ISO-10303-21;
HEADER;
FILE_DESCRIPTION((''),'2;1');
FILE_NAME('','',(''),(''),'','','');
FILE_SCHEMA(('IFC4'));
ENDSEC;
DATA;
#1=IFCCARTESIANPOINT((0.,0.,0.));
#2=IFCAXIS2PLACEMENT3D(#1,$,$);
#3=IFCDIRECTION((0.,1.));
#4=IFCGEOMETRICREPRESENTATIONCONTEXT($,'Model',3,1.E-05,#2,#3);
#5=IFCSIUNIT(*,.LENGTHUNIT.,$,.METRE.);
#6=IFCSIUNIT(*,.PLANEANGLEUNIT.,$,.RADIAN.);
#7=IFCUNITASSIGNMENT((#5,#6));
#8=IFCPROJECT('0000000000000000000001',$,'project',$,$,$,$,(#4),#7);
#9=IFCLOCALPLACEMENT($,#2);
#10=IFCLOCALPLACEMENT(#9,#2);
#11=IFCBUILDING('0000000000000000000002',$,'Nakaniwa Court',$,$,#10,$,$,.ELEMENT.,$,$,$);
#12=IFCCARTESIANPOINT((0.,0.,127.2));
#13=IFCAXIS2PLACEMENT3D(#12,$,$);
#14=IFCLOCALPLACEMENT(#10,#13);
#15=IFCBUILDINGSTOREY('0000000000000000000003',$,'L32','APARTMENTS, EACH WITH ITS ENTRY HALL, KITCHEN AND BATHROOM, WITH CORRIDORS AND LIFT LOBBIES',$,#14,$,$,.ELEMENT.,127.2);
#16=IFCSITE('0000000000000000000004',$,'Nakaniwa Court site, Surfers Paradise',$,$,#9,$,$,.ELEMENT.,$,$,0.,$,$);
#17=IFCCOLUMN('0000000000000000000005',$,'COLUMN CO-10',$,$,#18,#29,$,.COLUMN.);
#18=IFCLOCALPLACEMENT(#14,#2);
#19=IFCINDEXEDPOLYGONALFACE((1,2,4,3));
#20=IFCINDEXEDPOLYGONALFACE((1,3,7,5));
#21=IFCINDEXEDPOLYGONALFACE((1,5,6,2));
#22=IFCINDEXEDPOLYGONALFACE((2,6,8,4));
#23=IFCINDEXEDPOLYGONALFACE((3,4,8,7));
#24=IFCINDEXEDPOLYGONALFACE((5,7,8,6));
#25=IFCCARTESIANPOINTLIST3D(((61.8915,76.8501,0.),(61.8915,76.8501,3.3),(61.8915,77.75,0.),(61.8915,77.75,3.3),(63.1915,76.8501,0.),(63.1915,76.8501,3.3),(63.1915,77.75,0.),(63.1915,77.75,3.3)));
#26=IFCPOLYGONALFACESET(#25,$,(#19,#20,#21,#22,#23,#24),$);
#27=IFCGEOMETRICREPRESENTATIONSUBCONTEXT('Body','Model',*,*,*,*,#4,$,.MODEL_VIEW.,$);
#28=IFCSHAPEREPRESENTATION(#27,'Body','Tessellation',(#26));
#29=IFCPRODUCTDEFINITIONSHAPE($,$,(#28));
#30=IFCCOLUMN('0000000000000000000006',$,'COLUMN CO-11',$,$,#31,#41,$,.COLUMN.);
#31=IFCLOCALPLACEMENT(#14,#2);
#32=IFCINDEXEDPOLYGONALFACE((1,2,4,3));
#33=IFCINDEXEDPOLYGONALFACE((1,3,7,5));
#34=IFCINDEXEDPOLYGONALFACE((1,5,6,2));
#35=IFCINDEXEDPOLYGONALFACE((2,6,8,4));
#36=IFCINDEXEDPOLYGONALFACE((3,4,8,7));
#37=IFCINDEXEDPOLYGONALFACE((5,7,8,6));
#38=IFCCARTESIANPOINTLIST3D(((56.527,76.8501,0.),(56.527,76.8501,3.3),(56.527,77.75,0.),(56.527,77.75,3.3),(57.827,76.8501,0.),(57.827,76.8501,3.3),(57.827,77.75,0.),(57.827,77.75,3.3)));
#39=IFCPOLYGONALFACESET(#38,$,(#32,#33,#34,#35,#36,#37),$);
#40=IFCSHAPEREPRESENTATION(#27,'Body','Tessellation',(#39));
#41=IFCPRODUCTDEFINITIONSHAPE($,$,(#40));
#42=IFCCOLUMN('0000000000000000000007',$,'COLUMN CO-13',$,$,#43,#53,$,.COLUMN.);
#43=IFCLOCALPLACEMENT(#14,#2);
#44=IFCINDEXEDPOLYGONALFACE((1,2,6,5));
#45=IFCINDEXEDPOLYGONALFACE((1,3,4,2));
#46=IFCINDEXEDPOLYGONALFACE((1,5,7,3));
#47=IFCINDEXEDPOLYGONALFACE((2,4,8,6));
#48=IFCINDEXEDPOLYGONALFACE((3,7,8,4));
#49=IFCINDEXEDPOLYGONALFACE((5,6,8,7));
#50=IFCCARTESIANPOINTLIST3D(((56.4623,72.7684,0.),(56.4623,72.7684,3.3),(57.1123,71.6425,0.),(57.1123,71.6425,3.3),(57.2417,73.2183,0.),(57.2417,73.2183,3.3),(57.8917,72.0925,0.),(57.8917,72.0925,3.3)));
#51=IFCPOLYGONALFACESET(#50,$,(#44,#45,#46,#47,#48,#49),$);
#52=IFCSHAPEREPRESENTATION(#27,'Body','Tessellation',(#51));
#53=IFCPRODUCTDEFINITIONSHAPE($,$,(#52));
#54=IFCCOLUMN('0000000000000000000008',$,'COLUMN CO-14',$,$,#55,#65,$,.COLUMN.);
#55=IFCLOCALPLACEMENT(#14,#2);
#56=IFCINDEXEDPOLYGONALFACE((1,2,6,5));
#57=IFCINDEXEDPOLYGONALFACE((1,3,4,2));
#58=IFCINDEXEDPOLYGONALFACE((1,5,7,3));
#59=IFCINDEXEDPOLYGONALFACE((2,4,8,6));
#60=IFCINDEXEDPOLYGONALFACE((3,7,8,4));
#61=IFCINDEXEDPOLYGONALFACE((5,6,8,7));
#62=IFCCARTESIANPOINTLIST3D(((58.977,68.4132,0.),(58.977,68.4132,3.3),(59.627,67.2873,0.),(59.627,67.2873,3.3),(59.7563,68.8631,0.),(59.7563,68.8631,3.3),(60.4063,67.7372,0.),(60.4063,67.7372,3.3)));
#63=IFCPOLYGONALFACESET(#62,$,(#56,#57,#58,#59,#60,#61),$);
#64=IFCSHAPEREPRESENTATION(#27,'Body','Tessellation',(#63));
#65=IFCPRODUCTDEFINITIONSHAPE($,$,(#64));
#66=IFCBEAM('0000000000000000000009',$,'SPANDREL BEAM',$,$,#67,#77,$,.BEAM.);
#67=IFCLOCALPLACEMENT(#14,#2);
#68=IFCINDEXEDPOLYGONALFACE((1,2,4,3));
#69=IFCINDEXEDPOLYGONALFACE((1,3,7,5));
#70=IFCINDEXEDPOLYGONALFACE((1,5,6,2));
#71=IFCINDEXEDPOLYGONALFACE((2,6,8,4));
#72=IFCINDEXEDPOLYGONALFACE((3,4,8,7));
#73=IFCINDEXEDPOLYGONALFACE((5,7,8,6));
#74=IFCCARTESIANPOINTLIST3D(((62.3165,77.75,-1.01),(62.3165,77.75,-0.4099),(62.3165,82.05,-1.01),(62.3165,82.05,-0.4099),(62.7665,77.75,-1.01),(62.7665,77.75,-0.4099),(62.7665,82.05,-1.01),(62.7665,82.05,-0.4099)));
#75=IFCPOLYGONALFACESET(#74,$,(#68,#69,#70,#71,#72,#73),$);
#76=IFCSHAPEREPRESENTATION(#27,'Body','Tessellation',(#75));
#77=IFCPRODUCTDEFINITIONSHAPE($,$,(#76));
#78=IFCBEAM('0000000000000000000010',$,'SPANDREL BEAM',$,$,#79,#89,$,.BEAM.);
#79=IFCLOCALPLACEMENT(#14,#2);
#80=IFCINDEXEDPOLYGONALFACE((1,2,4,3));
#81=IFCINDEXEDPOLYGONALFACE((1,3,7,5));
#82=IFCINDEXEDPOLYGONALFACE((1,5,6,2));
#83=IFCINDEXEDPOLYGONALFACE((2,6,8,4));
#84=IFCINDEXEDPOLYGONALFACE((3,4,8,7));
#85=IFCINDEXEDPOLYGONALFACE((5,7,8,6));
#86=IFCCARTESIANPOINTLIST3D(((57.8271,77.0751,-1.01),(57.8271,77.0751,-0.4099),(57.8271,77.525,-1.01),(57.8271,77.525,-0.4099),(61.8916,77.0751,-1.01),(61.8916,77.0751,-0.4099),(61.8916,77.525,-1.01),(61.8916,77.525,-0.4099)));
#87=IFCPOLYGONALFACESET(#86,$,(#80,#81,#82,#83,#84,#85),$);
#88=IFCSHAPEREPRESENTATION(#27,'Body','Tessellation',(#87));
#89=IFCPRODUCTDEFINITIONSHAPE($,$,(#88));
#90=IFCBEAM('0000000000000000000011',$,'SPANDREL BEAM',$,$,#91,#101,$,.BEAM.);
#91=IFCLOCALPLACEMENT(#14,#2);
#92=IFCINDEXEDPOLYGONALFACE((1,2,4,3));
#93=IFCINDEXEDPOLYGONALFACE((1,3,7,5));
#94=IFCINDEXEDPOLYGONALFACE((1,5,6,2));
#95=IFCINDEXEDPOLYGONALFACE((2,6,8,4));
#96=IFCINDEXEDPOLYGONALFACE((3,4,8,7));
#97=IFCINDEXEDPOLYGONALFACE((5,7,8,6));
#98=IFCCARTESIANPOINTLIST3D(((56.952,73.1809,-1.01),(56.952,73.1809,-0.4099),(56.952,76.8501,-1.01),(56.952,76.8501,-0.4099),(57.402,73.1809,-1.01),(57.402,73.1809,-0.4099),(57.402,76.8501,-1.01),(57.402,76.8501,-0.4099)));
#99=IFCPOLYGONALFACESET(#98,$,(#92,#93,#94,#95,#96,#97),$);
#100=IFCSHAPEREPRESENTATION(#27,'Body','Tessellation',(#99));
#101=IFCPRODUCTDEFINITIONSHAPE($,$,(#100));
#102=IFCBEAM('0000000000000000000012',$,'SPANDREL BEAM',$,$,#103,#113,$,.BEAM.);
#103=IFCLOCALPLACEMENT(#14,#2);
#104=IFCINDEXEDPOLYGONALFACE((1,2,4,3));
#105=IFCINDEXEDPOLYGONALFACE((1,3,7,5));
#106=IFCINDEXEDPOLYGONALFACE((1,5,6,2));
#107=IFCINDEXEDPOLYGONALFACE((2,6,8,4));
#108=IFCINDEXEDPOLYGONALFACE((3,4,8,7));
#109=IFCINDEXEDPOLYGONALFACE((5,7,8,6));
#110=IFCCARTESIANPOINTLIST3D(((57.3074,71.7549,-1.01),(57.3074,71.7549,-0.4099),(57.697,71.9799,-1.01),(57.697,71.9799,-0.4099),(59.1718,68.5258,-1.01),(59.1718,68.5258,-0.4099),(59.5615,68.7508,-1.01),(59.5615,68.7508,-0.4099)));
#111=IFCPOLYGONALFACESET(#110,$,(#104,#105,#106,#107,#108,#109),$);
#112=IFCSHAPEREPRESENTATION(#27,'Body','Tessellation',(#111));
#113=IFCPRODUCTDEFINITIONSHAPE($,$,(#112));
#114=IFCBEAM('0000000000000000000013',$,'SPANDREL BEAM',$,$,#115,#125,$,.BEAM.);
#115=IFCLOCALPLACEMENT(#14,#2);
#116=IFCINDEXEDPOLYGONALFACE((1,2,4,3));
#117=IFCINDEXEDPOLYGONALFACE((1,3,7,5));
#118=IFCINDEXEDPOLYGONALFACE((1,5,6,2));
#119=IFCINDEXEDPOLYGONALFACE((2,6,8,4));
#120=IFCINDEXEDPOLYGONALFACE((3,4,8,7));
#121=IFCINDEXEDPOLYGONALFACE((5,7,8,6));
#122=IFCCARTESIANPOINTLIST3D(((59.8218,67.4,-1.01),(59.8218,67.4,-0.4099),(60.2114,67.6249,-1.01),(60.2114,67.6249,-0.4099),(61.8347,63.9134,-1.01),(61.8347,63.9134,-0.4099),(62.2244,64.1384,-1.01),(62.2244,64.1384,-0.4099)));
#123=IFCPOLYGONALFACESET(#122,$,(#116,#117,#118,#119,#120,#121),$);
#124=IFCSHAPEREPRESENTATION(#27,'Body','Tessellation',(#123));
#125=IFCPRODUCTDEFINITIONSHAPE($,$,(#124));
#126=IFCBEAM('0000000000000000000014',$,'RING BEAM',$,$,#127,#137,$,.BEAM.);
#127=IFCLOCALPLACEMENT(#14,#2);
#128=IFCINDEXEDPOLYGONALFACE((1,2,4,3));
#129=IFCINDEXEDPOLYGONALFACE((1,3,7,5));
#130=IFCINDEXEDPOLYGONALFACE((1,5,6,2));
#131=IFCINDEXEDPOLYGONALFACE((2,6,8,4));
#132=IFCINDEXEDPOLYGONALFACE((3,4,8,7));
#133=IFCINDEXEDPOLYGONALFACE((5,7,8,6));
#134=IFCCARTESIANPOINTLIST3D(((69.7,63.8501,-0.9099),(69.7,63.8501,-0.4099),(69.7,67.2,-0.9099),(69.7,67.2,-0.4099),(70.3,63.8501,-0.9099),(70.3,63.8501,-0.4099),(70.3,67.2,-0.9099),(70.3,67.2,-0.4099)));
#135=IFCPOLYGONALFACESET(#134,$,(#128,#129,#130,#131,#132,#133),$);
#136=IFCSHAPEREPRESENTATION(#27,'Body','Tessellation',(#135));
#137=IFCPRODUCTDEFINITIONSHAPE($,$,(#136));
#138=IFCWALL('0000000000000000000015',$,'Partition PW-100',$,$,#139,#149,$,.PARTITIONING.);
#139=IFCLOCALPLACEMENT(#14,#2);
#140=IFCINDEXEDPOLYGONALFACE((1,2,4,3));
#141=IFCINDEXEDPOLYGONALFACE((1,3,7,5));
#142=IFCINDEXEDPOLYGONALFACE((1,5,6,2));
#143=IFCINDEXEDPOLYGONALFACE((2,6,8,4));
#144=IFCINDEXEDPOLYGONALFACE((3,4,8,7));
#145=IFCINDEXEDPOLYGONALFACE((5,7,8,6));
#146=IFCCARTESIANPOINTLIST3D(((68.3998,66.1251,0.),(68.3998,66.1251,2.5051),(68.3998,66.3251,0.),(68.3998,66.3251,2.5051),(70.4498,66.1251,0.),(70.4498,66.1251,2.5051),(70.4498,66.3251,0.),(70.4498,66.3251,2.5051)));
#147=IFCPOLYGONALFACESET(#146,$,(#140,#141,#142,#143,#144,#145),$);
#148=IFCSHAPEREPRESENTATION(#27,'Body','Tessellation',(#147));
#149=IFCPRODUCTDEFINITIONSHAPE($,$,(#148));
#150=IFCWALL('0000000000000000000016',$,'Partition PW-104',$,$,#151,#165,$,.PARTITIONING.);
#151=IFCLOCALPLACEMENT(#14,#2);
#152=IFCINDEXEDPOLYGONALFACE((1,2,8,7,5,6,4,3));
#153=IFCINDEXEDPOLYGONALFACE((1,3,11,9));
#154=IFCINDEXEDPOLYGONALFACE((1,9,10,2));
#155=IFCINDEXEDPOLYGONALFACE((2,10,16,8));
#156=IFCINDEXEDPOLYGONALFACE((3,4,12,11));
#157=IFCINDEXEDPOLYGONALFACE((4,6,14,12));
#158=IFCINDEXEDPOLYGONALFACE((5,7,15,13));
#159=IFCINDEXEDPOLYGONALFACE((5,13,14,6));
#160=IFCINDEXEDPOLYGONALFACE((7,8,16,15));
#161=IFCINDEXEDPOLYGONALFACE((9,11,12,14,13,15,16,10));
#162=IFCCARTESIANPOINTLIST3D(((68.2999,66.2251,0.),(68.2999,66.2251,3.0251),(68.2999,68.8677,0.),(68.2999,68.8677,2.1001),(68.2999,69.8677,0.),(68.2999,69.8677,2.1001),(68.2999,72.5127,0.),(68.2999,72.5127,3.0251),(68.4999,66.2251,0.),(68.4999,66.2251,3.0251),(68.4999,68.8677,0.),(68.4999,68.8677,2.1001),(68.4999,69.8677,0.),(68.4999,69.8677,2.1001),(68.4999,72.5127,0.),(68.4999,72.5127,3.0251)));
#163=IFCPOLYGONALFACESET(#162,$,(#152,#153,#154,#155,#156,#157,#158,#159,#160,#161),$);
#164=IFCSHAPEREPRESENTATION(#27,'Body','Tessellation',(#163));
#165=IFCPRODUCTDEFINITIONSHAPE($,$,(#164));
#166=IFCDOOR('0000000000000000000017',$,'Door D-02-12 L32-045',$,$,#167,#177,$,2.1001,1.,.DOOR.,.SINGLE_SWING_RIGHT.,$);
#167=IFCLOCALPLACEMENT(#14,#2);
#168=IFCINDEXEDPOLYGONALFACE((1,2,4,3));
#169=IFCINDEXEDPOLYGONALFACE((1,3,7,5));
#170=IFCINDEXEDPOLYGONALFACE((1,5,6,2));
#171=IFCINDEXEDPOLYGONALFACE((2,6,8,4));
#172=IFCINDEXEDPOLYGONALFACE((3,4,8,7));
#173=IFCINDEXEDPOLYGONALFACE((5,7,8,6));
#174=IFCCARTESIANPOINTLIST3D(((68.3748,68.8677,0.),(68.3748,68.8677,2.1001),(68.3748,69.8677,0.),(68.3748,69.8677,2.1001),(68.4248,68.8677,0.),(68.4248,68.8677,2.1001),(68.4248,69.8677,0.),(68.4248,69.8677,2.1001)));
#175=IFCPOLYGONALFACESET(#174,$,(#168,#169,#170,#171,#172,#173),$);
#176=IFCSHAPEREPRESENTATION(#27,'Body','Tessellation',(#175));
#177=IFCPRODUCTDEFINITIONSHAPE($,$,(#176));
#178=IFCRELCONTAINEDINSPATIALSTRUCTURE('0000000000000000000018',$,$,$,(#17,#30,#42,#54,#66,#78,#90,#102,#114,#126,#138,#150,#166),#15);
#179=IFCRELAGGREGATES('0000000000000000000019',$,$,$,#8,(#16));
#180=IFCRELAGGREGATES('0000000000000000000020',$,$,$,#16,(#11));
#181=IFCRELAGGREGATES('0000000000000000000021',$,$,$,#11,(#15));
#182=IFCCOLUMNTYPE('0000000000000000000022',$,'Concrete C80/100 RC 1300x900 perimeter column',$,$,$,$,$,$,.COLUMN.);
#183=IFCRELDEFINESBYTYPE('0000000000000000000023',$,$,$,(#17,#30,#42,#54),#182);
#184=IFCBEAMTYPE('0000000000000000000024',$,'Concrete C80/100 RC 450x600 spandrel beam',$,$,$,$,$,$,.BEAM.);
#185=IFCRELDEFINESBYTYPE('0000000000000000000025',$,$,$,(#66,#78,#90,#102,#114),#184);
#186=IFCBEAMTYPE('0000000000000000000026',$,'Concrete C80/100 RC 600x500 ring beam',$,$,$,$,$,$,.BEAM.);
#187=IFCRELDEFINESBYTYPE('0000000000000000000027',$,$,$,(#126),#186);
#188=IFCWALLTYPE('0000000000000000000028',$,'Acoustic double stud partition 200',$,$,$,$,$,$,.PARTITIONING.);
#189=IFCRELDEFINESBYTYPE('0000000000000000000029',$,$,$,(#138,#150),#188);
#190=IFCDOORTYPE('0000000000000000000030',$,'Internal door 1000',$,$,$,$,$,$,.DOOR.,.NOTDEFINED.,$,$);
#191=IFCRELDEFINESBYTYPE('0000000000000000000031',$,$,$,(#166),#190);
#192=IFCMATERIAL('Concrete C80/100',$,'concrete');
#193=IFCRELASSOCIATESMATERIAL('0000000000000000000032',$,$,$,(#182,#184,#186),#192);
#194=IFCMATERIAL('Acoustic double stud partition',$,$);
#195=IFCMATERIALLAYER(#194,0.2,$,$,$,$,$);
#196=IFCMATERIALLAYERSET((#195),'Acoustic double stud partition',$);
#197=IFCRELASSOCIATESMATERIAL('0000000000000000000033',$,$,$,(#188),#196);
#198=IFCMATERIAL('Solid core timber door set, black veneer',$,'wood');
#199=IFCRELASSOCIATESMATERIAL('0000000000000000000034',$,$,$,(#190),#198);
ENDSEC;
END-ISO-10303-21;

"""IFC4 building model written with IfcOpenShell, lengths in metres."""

from ifc_helpers import new_model, si_unit, direction, frame, frame_2d, origin, origin_2d, place, context, subcontext, project, spatial, rectangle, extrude, material, layer, layer_set, material_profile, profile_set, type_object, element, fill, save


model = new_model("IFC4")

# Units and contexts
model_context = context("Model", 3, precision=1e-05, world=origin(), true_north=direction((0.0, 1.0)))
body_context = subcontext(model_context, "Body", "Model", "MODEL_VIEW")
ifc_project = project(units=[si_unit("LENGTHUNIT", "METRE"), si_unit("PLANEANGLEUNIT", "RADIAN")], contexts=[model_context])

# Site, building, storey
site_placement = place(None, origin())
site = spatial("IfcSite", under=ifc_project, at=site_placement, Name="Nakaniwa Court site, Surfers Paradise", CompositionType="ELEMENT", RefElevation=0.0)
building_placement = place(site_placement, origin())
building = spatial("IfcBuilding", under=site, at=building_placement, Name="Nakaniwa Court", CompositionType="ELEMENT")
storey_placement = place(building_placement, frame((0.0, 0.0, 127.2)))
storey = spatial("IfcBuildingStorey", under=building, at=storey_placement, Name="L32", Description="APARTMENTS, EACH WITH ITS ENTRY HALL, KITCHEN AND BATHROOM, WITH CORRIDORS AND LIFT LOBBIES", CompositionType="ELEMENT", Elevation=127.2)

# Columns
ifc_material_1 = material(Name="Concrete C80/100", Category="concrete")
ifc_material_profile_1 = material_profile(ifc_material_1, rectangle(XDim=1.3, YDim=0.8999, at=origin_2d()), Name="Concrete C80/100 RC 1300x900 perimeter column")
ifc_profile_set_1 = profile_set([ifc_material_profile_1], Name="Concrete C80/100")
column_type = type_object("IfcColumnType", Name="Concrete C80/100 RC 1300x900 perimeter column", PredefinedType="COLUMN", material=ifc_profile_set_1)
for number, where, z_axis, x_axis, name in (
    (1, (62.5415, 77.3, 0.0), (0.0, 0.0, 1.0), (-1.0, 0.0, 0.0), "COLUMN CO-10"),
    (2, (57.177, 77.3, 0.0), (0.0, 0.0, 1.0), (-1.0, 0.0, 0.0), "COLUMN CO-11"),
    (3, (57.177, 72.4304, 0.0), (0.0, 0.0, 1.0), (0.5, -0.866025, 0.0), "COLUMN CO-13"),
    (4, (59.6917, 68.0752, 0.0), (0.0, 0.0, 1.0), (0.5, -0.866025, 0.0), "COLUMN CO-14"),
):
    element("IfcColumn", number, at=place(storey_placement, frame(where, z_axis=z_axis, x_axis=x_axis)), inside=storey, type_object=column_type, Name=name, PredefinedType="COLUMN", context=body_context, shape_type="SweptSolid", body=[
        extrude(rectangle(XDim=1.3, YDim=0.8999, at=origin_2d()), origin(), (0.0, 0.0, 1.0), 3.3),
    ])

# Beams
ifc_material_profile_2 = material_profile(ifc_material_1, rectangle(XDim=0.45, YDim=0.6001, at=origin_2d()), Name="Concrete C80/100 RC 450x600 spandrel beam")
ifc_profile_set_2 = profile_set([ifc_material_profile_2], Name="Concrete C80/100")
beam_type_1 = type_object("IfcBeamType", Name="Concrete C80/100 RC 450x600 spandrel beam", PredefinedType="BEAM", material=ifc_profile_set_2)
beam_1_placement = place(storey_placement, frame((62.5415, 82.05, -0.71), z_axis=(0.0, -1.0, 0.0), x_axis=(1.0, 0.0, 0.0)))
element("IfcBeam", 5, at=beam_1_placement, inside=storey, type_object=beam_type_1, Name="SPANDREL BEAM", PredefinedType="BEAM", context=body_context, shape_type="SweptSolid", body=[
    extrude(rectangle(XDim=0.45, YDim=0.6001, at=origin_2d()), origin(), (0.0, 0.0, 1.0), 4.3),
])
beam_2_placement = place(storey_placement, frame((61.8916, 77.3, -0.71), z_axis=(-1.0, 0.0, 0.0), x_axis=(0.0, -1.0, 0.0)))
element("IfcBeam", 6, at=beam_2_placement, inside=storey, type_object=beam_type_1, Name="SPANDREL BEAM", PredefinedType="BEAM", context=body_context, shape_type="SweptSolid", body=[
    extrude(rectangle(XDim=0.45, YDim=0.6001, at=origin_2d()), origin(), (0.0, 0.0, 1.0), 4.0645),
])
beam_3_placement = place(storey_placement, frame((57.177, 76.8501, -0.71), z_axis=(0.0, -1.0, 0.0), x_axis=(1.0, 0.0, 0.0)))
element("IfcBeam", 7, at=beam_3_placement, inside=storey, type_object=beam_type_1, Name="SPANDREL BEAM", PredefinedType="BEAM", context=body_context, shape_type="SweptSolid", body=[
    extrude(rectangle(XDim=0.45, YDim=0.6001, at=origin_2d()), origin(), (0.0, 0.0, 1.0), 3.6692),
])
beam_4_placement = place(storey_placement, frame((57.5022, 71.8674, -0.71), z_axis=(0.500019, -0.866014, 0.0), x_axis=(0.866014, 0.500019, 0.0)))
element("IfcBeam", 8, at=beam_4_placement, inside=storey, type_object=beam_type_1, Name="SPANDREL BEAM", PredefinedType="BEAM", context=body_context, shape_type="SweptSolid", body=[
    extrude(rectangle(XDim=0.45, YDim=0.6001, at=origin_2d()), origin(), (0.0, 0.0, 1.0), 3.7288),
])
beam_5_placement = place(storey_placement, frame((60.0166, 67.5125, -0.71), z_axis=(0.499994, -0.866029, 0.0), x_axis=(0.866029, 0.499994, 0.0)))
element("IfcBeam", 9, at=beam_5_placement, inside=storey, type_object=beam_type_1, Name="SPANDREL BEAM", PredefinedType="BEAM", context=body_context, shape_type="SweptSolid", body=[
    extrude(rectangle(XDim=0.45, YDim=0.6001, at=origin_2d()), origin(), (0.0, 0.0, 1.0), 4.0259),
])
ifc_material_profile_3 = material_profile(ifc_material_1, rectangle(XDim=0.6001, YDim=0.5, at=origin_2d()), Name="Concrete C80/100 RC 600x500 ring beam")
ifc_profile_set_3 = profile_set([ifc_material_profile_3], Name="Concrete C80/100")
beam_type_2 = type_object("IfcBeamType", Name="Concrete C80/100 RC 600x500 ring beam", PredefinedType="BEAM", material=ifc_profile_set_3)
beam_6_placement = place(storey_placement, frame((70.0, 67.2, -0.6599), z_axis=(0.0, -1.0, 0.0), x_axis=(1.0, 0.0, 0.0)))
element("IfcBeam", 10, at=beam_6_placement, inside=storey, type_object=beam_type_2, Name="RING BEAM", PredefinedType="BEAM", context=body_context, shape_type="SweptSolid", body=[
    extrude(rectangle(XDim=0.6001, YDim=0.5, at=origin_2d()), origin(), (0.0, 0.0, 1.0), 3.3499),
])

# Wall
ifc_material_2 = material(Name="Acoustic double stud partition")
ifc_layer_1 = layer(ifc_material_2, 0.2)
ifc_layer_set_1 = layer_set([ifc_layer_1], Name="Acoustic double stud partition")
wall_type_1 = type_object("IfcWallType", Name="Acoustic double stud partition 200", PredefinedType="PARTITIONING", material=ifc_layer_set_1)
wall_1_placement = place(storey_placement, frame((68.3999, 66.2251, 0.0), z_axis=(0.0, 0.0, 1.0), x_axis=(1.0, 0.0, 0.0)))
element("IfcWall", 11, at=wall_1_placement, inside=storey, type_object=wall_type_1, Name="Partition PW-100", PredefinedType="PARTITIONING", context=body_context, shape_type="SweptSolid", body=[
    extrude(rectangle(XDim=2.05, YDim=0.2, at=frame_2d((1.0249, 0.0))), origin(), (0.0, 0.0, 1.0), 2.5051),
])

# Wall, opening, door
wall_2_placement = place(storey_placement, frame((68.3999, 72.5127, 0.0), z_axis=(0.0, 0.0, 1.0), x_axis=(0.0, -1.0, 0.0)))
wall_2 = element("IfcWall", 12, at=wall_2_placement, inside=storey, type_object=wall_type_1, Name="Partition PW-104", PredefinedType="PARTITIONING", context=body_context, shape_type="SweptSolid", body=[
    extrude(rectangle(XDim=6.2876, YDim=0.2, at=frame_2d((3.1438, 0.0))), origin(), (0.0, 0.0, 1.0), 3.0251),
])
opening_1_placement = place(wall_2_placement, frame((2.645, 0.0, 0.0)))
opening_1 = element("IfcOpeningElement", 13, at=opening_1_placement, cuts=wall_2, PredefinedType="OPENING", context=body_context, shape_type="SweptSolid", body=[
    extrude(rectangle(XDim=1.0, YDim=2.1001, at=frame_2d((0.5, 1.05))), frame((0.0, 0.1099, 0.0), z_axis=(0.0, -1.0, 0.0), x_axis=(1.0, 0.0, 0.0)), (0.0, 0.0, 1.0), 0.22),
])
ifc_material_3 = material(Name="Solid core timber door set, black veneer", Category="wood")
door_type = type_object("IfcDoorType", Name="Internal door 1000", OperationType="NOTDEFINED", PredefinedType="DOOR", material=ifc_material_3)
door_placement = place(opening_1_placement, origin())
door = element("IfcDoor", 14, at=door_placement, inside=storey, type_object=door_type, Name="Door D-02-12 L32-045", OperationType="SINGLE_SWING_RIGHT", OverallHeight=2.1001, OverallWidth=1.0, PredefinedType="DOOR", context=body_context, shape_type="SweptSolid", body=[
    extrude(rectangle(XDim=1.0, YDim=2.1001, at=frame_2d((0.5, 1.05))), frame((0.0, 0.0249, 0.0), z_axis=(0.0, -1.0, 0.0), x_axis=(1.0, 0.0, 0.0)), (0.0, 0.0, 1.0), 0.05),
])
fill(opening_1, door)

save(model, "model.ifc")
